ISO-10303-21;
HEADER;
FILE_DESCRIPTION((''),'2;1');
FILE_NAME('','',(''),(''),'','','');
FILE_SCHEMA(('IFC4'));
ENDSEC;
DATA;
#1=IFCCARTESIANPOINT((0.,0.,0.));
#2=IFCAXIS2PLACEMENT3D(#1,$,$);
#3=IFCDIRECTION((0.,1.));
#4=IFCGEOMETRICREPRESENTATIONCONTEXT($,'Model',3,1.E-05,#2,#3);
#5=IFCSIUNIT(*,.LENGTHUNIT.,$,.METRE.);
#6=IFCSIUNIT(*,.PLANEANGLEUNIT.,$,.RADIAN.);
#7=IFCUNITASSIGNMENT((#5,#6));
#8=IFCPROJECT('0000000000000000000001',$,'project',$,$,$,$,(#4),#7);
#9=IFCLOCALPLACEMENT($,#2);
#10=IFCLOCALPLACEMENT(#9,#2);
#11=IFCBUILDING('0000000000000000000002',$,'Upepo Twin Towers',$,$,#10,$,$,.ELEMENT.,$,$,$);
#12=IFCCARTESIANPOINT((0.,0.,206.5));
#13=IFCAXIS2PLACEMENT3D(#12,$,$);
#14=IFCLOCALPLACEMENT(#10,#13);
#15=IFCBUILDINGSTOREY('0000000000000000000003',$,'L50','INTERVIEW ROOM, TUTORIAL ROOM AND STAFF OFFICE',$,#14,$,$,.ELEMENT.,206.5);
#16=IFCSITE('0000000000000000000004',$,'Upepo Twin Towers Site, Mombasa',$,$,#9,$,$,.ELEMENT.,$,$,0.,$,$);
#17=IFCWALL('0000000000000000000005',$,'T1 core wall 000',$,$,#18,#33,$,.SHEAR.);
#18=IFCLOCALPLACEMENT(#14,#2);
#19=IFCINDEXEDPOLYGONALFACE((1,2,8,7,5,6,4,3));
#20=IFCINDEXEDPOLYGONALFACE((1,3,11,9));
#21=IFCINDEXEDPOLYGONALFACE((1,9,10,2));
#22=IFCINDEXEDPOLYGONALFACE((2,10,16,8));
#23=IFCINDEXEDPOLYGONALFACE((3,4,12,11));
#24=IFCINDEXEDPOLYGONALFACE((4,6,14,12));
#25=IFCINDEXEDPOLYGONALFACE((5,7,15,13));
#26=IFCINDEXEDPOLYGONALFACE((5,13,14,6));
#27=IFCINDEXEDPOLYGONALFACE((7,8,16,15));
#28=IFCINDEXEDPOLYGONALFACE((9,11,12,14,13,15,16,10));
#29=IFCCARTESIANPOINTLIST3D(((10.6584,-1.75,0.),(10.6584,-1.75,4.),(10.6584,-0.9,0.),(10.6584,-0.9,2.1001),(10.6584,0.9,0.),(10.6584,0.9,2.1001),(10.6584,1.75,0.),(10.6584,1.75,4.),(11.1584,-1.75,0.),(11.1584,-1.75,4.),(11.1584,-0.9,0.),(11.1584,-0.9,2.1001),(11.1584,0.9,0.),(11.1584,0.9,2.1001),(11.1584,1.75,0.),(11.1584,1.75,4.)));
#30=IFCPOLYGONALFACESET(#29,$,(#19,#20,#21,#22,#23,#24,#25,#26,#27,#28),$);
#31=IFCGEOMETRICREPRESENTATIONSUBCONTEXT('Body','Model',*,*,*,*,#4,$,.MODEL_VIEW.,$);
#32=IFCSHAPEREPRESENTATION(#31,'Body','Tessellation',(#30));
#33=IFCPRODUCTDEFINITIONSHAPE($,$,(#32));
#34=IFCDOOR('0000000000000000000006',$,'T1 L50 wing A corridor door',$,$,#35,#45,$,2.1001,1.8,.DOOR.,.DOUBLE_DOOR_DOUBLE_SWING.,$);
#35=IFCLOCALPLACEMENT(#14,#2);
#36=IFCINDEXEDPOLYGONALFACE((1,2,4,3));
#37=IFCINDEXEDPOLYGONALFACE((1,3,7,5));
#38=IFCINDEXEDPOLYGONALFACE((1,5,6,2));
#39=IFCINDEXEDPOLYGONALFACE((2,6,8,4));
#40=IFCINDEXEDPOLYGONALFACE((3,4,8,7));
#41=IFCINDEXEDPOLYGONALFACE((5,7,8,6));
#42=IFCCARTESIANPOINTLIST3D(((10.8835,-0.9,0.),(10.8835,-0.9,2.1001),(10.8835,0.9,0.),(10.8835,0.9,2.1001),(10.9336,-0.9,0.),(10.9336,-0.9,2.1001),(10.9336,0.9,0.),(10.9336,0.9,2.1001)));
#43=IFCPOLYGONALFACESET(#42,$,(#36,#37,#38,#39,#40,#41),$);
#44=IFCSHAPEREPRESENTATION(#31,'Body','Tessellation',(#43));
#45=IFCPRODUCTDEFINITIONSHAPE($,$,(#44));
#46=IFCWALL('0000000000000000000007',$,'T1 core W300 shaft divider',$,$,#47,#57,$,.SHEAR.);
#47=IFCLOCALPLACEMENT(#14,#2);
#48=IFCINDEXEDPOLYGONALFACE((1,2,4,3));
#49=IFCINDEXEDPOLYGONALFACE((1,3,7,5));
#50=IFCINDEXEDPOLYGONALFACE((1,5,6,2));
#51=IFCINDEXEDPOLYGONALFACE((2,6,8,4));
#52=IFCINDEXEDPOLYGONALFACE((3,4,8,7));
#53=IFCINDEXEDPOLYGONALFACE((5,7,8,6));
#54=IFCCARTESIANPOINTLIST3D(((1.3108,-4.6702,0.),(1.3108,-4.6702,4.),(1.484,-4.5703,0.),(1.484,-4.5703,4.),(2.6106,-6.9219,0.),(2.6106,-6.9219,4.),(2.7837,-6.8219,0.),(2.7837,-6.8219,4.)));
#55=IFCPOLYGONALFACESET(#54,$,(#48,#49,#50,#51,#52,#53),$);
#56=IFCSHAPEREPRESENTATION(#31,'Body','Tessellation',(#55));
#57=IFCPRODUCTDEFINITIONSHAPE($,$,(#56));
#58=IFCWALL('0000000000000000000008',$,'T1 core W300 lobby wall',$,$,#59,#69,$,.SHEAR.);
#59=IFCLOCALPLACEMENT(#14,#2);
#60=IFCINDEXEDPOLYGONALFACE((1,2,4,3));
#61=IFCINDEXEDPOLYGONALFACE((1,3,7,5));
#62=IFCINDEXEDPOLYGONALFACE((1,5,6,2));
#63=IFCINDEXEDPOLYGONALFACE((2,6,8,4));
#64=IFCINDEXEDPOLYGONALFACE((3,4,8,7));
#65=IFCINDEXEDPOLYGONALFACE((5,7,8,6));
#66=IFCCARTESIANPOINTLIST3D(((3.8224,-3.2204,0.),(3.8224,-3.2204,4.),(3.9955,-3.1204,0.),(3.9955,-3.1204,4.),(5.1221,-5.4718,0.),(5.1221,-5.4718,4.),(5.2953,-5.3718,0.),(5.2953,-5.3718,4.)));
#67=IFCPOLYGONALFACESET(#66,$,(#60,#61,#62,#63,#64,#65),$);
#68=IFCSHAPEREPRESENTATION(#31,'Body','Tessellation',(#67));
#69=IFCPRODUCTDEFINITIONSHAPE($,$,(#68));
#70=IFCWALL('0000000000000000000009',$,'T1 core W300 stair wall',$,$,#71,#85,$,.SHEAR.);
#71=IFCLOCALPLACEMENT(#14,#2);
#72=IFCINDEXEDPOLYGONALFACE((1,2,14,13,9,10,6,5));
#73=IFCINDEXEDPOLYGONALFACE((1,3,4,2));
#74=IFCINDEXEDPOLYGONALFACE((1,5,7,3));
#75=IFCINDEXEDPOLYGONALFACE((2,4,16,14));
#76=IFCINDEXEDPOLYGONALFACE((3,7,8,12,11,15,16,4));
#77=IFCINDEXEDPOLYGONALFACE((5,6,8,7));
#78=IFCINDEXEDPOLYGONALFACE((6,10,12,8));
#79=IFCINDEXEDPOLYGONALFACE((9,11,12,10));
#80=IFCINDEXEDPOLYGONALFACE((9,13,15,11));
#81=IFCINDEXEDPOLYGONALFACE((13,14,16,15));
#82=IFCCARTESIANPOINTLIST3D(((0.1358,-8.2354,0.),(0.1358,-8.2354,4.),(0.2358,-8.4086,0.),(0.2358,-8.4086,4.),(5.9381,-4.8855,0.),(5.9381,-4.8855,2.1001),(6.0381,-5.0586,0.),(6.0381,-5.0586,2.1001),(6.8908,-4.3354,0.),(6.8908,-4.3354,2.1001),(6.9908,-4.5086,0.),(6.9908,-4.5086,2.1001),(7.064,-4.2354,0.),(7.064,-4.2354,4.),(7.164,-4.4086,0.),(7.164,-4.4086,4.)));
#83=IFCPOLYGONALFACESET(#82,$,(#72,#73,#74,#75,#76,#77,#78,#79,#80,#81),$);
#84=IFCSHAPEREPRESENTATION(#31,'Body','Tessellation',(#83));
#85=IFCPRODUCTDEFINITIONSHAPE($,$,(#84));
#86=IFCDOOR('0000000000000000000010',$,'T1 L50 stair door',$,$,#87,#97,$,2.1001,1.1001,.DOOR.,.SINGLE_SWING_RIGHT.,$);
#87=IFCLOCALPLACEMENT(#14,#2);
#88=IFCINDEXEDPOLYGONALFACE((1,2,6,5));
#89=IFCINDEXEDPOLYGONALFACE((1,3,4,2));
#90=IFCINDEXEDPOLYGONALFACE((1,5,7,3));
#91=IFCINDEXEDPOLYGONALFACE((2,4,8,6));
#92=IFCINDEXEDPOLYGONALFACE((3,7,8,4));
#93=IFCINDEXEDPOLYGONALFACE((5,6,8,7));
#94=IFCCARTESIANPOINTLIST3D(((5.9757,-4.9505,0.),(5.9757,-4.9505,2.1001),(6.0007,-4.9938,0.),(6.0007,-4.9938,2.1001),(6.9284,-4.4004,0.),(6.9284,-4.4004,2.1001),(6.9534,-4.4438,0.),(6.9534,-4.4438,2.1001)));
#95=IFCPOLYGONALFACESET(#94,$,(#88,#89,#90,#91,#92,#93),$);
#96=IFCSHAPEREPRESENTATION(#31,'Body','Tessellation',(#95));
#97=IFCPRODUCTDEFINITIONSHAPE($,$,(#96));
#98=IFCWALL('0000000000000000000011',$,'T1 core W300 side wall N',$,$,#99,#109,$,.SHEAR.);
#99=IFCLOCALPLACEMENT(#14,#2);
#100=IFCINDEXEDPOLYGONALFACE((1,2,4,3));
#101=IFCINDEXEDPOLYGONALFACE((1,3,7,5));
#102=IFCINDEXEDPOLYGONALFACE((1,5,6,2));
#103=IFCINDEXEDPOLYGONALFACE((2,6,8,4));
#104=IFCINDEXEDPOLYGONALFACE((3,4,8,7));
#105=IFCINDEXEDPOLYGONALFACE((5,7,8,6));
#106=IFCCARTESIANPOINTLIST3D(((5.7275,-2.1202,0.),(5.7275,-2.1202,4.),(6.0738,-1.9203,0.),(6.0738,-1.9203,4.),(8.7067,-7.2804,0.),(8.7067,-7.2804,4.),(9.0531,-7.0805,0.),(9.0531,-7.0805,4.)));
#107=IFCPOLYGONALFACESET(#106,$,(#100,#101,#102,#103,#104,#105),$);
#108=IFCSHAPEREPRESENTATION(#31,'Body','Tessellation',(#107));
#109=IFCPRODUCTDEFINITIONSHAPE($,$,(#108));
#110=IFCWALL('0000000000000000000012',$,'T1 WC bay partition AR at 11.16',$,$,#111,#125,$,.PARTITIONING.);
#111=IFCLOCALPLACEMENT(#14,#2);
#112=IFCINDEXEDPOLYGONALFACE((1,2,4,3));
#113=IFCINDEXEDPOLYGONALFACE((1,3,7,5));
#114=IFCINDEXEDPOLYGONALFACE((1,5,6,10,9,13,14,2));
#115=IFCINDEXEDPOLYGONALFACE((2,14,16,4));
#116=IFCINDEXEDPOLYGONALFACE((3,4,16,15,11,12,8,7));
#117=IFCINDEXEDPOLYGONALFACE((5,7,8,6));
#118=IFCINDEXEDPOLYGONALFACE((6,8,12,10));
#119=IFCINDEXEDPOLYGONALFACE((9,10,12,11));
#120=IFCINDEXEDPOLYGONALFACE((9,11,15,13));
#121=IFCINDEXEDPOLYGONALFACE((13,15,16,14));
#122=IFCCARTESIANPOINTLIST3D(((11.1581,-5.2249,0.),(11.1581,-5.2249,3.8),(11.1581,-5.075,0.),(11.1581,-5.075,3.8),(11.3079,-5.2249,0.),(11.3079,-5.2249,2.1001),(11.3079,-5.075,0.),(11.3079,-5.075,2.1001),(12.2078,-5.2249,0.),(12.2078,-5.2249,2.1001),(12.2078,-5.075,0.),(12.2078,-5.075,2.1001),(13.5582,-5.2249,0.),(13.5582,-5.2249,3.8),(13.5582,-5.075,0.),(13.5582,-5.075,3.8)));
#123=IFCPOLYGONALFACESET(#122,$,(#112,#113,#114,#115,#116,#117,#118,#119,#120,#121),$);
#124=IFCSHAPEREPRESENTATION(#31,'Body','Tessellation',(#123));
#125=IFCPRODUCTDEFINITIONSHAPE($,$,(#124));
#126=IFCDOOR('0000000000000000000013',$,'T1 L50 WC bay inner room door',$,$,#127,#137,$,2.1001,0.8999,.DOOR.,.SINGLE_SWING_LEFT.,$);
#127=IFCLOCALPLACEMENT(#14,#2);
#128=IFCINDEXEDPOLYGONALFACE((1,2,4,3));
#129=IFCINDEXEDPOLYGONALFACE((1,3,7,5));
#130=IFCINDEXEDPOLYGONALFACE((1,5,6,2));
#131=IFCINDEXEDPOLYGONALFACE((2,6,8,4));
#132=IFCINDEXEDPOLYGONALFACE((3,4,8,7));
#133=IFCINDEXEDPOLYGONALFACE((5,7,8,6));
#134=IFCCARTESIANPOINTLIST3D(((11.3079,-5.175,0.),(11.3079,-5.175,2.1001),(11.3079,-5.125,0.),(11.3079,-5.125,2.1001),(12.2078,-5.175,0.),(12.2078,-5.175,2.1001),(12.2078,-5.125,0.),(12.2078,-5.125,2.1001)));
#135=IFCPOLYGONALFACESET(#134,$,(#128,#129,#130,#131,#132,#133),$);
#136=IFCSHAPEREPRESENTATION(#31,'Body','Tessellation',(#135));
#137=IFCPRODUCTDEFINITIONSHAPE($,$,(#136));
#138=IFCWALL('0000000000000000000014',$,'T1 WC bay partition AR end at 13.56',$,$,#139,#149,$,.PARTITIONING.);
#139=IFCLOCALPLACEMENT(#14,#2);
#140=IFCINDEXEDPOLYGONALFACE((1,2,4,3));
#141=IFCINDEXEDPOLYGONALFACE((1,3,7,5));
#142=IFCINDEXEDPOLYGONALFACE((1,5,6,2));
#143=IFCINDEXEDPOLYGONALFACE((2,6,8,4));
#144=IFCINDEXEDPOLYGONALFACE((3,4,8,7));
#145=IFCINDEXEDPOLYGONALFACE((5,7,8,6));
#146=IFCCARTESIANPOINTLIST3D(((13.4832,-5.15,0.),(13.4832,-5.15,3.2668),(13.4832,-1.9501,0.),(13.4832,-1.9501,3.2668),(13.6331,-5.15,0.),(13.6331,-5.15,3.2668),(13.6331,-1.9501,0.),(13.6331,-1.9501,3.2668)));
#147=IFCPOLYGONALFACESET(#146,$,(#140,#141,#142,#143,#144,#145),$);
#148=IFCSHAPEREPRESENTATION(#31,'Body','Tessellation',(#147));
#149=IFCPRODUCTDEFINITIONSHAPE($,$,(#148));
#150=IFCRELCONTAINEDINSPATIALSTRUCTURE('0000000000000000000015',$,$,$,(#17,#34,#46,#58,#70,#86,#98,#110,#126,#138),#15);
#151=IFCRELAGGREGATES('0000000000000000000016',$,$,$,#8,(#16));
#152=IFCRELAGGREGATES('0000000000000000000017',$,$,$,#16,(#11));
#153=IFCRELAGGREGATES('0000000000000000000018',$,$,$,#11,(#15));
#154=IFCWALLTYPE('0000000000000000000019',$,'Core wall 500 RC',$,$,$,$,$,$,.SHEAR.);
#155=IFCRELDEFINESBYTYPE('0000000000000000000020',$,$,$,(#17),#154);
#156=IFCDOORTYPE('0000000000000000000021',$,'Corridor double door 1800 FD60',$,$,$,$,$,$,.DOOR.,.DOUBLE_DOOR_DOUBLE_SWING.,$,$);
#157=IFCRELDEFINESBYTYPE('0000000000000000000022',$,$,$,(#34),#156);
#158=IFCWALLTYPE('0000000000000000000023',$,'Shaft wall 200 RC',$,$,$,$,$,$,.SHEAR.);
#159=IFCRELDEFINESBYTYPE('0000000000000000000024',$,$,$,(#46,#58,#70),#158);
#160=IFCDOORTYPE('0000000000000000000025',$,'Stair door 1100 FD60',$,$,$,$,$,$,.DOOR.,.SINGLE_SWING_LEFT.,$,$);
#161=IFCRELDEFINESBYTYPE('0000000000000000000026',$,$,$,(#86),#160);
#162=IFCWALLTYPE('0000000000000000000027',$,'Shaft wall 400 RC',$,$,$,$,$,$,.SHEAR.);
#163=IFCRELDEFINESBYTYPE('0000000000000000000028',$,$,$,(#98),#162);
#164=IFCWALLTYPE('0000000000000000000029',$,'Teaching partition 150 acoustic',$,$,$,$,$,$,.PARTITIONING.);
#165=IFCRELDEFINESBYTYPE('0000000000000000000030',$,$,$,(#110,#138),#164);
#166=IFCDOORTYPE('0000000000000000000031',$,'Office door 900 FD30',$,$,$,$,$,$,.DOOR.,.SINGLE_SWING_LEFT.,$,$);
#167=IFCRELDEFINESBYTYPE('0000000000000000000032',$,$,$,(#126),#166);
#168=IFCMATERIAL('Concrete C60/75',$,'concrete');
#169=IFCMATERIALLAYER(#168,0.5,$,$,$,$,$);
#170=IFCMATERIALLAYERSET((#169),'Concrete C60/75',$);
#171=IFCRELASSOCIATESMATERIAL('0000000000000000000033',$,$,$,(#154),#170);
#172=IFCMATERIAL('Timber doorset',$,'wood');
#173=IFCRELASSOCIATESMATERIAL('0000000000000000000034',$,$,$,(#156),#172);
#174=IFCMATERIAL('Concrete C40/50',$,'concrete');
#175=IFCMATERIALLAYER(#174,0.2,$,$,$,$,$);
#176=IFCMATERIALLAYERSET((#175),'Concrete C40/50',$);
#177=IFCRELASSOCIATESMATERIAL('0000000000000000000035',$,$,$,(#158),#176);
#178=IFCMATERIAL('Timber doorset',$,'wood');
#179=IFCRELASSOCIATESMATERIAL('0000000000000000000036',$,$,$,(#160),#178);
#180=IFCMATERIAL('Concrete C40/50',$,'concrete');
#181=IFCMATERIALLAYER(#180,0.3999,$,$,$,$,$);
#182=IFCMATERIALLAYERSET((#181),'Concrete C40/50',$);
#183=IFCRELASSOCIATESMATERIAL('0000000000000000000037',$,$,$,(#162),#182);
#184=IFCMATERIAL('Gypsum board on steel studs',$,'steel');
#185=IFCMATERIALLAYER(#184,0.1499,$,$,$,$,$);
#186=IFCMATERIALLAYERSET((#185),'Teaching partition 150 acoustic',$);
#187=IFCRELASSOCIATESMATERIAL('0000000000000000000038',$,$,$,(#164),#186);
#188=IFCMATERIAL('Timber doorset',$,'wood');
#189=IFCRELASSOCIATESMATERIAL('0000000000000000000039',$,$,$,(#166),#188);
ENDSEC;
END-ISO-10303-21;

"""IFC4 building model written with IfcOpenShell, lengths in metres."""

from ifc_helpers import new_model, si_unit, direction, frame, frame_2d, origin, place, context, subcontext, project, spatial, rectangle, extrude, material, layer, layer_set, type_object, element, fill, save


model = new_model("IFC4")

# Units and contexts
model_context = context("Model", 3, precision=1e-05, world=origin(), true_north=direction((0.0, 1.0)))
body_context = subcontext(model_context, "Body", "Model", "MODEL_VIEW")
ifc_project = project(units=[si_unit("LENGTHUNIT", "METRE"), si_unit("PLANEANGLEUNIT", "RADIAN")], contexts=[model_context])

# Site, building, storey
site_placement = place(None, origin())
site = spatial("IfcSite", under=ifc_project, at=site_placement, Name="Upepo Twin Towers Site, Mombasa", CompositionType="ELEMENT", RefElevation=0.0)
building_placement = place(site_placement, origin())
building = spatial("IfcBuilding", under=site, at=building_placement, Name="Upepo Twin Towers", CompositionType="ELEMENT")
storey_placement = place(building_placement, frame((0.0, 0.0, 206.5)))
storey = spatial("IfcBuildingStorey", under=building, at=storey_placement, Name="L50", Description="INTERVIEW ROOM, TUTORIAL ROOM AND STAFF OFFICE", CompositionType="ELEMENT", Elevation=206.5)

# Shared definitions
ifc_material_1 = material(Name="Concrete C60/75", Category="concrete")
ifc_layer_1 = layer(ifc_material_1, 0.5)
ifc_layer_set_1 = layer_set([ifc_layer_1], Name="Concrete C60/75")
wall_type_1 = type_object("IfcWallType", Name="Core wall 500 RC", PredefinedType="SHEAR", material=ifc_layer_set_1)

# Wall, opening, door
wall_1_placement = place(storey_placement, frame((10.9084, -1.75, 0.0), z_axis=(0.0, 0.0, 1.0), x_axis=(0.0, 1.0, 0.0)))
wall_1 = element("IfcWall", 1, at=wall_1_placement, inside=storey, type_object=wall_type_1, Name="T1 core wall 000", PredefinedType="SHEAR", context=body_context, shape_type="SweptSolid", body=[
    extrude(rectangle(XDim=3.5, YDim=0.5, at=frame_2d((1.75, 0.0))), origin(), (0.0, 0.0, 1.0), 4.0),
])
opening_1_placement = place(wall_1_placement, frame((0.8501, 0.0, 0.0)))
opening_1 = element("IfcOpeningElement", 2, at=opening_1_placement, cuts=wall_1, PredefinedType="OPENING", context=body_context, shape_type="SweptSolid", body=[
    extrude(rectangle(XDim=1.8, YDim=2.1001, at=frame_2d((0.8999, 1.05))), frame((0.0, 0.26, 0.0), z_axis=(0.0, -1.0, 0.0), x_axis=(1.0, 0.0, 0.0)), (0.0, 0.0, 1.0), 0.52),
])
ifc_material_2 = material(Name="Timber doorset", Category="wood")
door_type_1 = type_object("IfcDoorType", Name="Corridor double door 1800 FD60", OperationType="DOUBLE_DOOR_DOUBLE_SWING", PredefinedType="DOOR", material=ifc_material_2)
door_1_placement = place(opening_1_placement, origin())
door_1 = element("IfcDoor", 3, at=door_1_placement, inside=storey, type_object=door_type_1, Name="T1 L50 wing A corridor door", OperationType="DOUBLE_DOOR_DOUBLE_SWING", OverallHeight=2.1001, OverallWidth=1.8, PredefinedType="DOOR", context=body_context, shape_type="SweptSolid", body=[
    extrude(rectangle(XDim=1.8, YDim=2.1001, at=frame_2d((0.8999, 1.05))), frame((0.0, 0.0249, 0.0), z_axis=(0.0, -1.0, 0.0), x_axis=(1.0, 0.0, 0.0)), (0.0, 0.0, 1.0), 0.05),
])
fill(opening_1, door_1)

# Walls
ifc_material_3 = material(Name="Concrete C40/50", Category="concrete")
ifc_layer_2 = layer(ifc_material_3, 0.2)
ifc_layer_set_2 = layer_set([ifc_layer_2], Name="Concrete C40/50")
wall_type_2 = type_object("IfcWallType", Name="Shaft wall 200 RC", PredefinedType="SHEAR", material=ifc_layer_set_2)
wall_2_placement = place(storey_placement, frame((1.3975, -4.6204, 0.0), z_axis=(0.0, 0.0, 1.0), x_axis=(0.499937, -0.866062, 0.0)))
element("IfcWall", 4, at=wall_2_placement, inside=storey, type_object=wall_type_2, Name="T1 core W300 shaft divider", PredefinedType="SHEAR", context=body_context, shape_type="SweptSolid", body=[
    extrude(rectangle(XDim=2.5999, YDim=0.2, at=frame_2d((1.2998, 0.0))), origin(), (0.0, 0.0, 1.0), 4.0),
])
wall_3_placement = place(storey_placement, frame((3.9089, -3.1704, 0.0), z_axis=(0.0, 0.0, 1.0), x_axis=(0.499977, -0.866039, 0.0)))
element("IfcWall", 5, at=wall_3_placement, inside=storey, type_object=wall_type_2, Name="T1 core W300 lobby wall", PredefinedType="SHEAR", context=body_context, shape_type="SweptSolid", body=[
    extrude(rectangle(XDim=2.5996, YDim=0.2, at=frame_2d((1.2998, 0.0))), origin(), (0.0, 0.0, 1.0), 4.0),
])

# Wall, opening, door
wall_4_placement = place(storey_placement, frame((0.1858, -8.322, 0.0), z_axis=(0.0, 0.0, 1.0), x_axis=(0.866026, 0.499999, 0.0)))
wall_4 = element("IfcWall", 6, at=wall_4_placement, inside=storey, type_object=wall_type_2, Name="T1 core W300 stair wall", PredefinedType="SHEAR", context=body_context, shape_type="SweptSolid", body=[
    extrude(rectangle(XDim=8.0, YDim=0.2, at=frame_2d((4.0, 0.0))), origin(), (0.0, 0.0, 1.0), 4.0),
])
opening_2_placement = place(wall_4_placement, frame((6.7, 0.0, 0.0)))
opening_2 = element("IfcOpeningElement", 7, at=opening_2_placement, cuts=wall_4, PredefinedType="OPENING", context=body_context, shape_type="SweptSolid", body=[
    extrude(rectangle(XDim=1.1001, YDim=2.1001, at=frame_2d((0.55, 1.05))), frame((0.0, 0.1099, 0.0), z_axis=(0.0, -1.0, 0.0), x_axis=(1.0, 0.0, 0.0)), (0.0, 0.0, 1.0), 0.22),
])
ifc_material_4 = material(Name="Timber doorset", Category="wood")
door_type_2 = type_object("IfcDoorType", Name="Stair door 1100 FD60", OperationType="SINGLE_SWING_LEFT", PredefinedType="DOOR", material=ifc_material_4)
door_2_placement = place(opening_2_placement, origin())
door_2 = element("IfcDoor", 8, at=door_2_placement, inside=storey, type_object=door_type_2, Name="T1 L50 stair door", OperationType="SINGLE_SWING_RIGHT", OverallHeight=2.1001, OverallWidth=1.1001, PredefinedType="DOOR", context=body_context, shape_type="SweptSolid", body=[
    extrude(rectangle(XDim=1.1001, YDim=2.1001, at=frame_2d((0.55, 1.05))), frame((0.0, 0.0249, 0.0), z_axis=(0.0, -1.0, 0.0), x_axis=(1.0, 0.0, 0.0)), (0.0, 0.0, 1.0), 0.05),
])
fill(opening_2, door_2)

# Wall
ifc_material_5 = material(Name="Concrete C40/50", Category="concrete")
ifc_layer_3 = layer(ifc_material_5, 0.3999)
ifc_layer_set_3 = layer_set([ifc_layer_3], Name="Concrete C40/50")
wall_type_3 = type_object("IfcWallType", Name="Shaft wall 400 RC", PredefinedType="SHEAR", material=ifc_layer_set_3)
wall_5_placement = place(storey_placement, frame((5.9006, -2.0203, 0.0), z_axis=(0.0, 0.0, 1.0), x_axis=(0.500004, -0.866023, 0.0)))
element("IfcWall", 9, at=wall_5_placement, inside=storey, type_object=wall_type_3, Name="T1 core W300 side wall N", PredefinedType="SHEAR", context=body_context, shape_type="SweptSolid", body=[
    extrude(rectangle(XDim=5.9585, YDim=0.3999, at=frame_2d((2.9792, 0.0))), origin(), (0.0, 0.0, 1.0), 4.0),
])

# Wall, opening, door
ifc_material_6 = material(Name="Gypsum board on steel studs", Category="steel")
ifc_layer_4 = layer(ifc_material_6, 0.1499)
ifc_layer_set_4 = layer_set([ifc_layer_4], Name="Teaching partition 150 acoustic")
wall_type_4 = type_object("IfcWallType", Name="Teaching partition 150 acoustic", PredefinedType="PARTITIONING", material=ifc_layer_set_4)
wall_6_placement = place(storey_placement, frame((11.158, -5.1499, 0.0), z_axis=(0.0, 0.0, 1.0), x_axis=(1.0, 0.0, 0.0)))
wall_6 = element("IfcWall", 10, at=wall_6_placement, inside=storey, type_object=wall_type_4, Name="T1 WC bay partition AR at 11.16", PredefinedType="PARTITIONING", context=body_context, shape_type="SweptSolid", body=[
    extrude(rectangle(XDim=2.4001, YDim=0.1499, at=frame_2d((1.2002, 0.0))), origin(), (0.0, 0.0, 1.0), 3.8),
])
opening_3_placement = place(wall_6_placement, frame((0.1499, 0.0, 0.0)))
opening_3 = element("IfcOpeningElement", 11, at=opening_3_placement, cuts=wall_6, PredefinedType="OPENING", context=body_context, shape_type="SweptSolid", body=[
    extrude(rectangle(XDim=0.8999, YDim=2.1001, at=frame_2d((0.45, 1.05))), frame((0.0, 0.085, 0.0), z_axis=(0.0, -1.0, 0.0), x_axis=(1.0, 0.0, 0.0)), (0.0, 0.0, 1.0), 0.1699),
])
ifc_material_7 = material(Name="Timber doorset", Category="wood")
door_type_3 = type_object("IfcDoorType", Name="Office door 900 FD30", OperationType="SINGLE_SWING_LEFT", PredefinedType="DOOR", material=ifc_material_7)
door_3_placement = place(opening_3_placement, origin())
door_3 = element("IfcDoor", 12, at=door_3_placement, inside=storey, type_object=door_type_3, Name="T1 L50 WC bay inner room door", OperationType="SINGLE_SWING_LEFT", OverallHeight=2.1001, OverallWidth=0.8999, PredefinedType="DOOR", context=body_context, shape_type="SweptSolid", body=[
    extrude(rectangle(XDim=0.8999, YDim=2.1001, at=frame_2d((0.45, 1.05))), frame((0.0, 0.0249, 0.0), z_axis=(0.0, -1.0, 0.0), x_axis=(1.0, 0.0, 0.0)), (0.0, 0.0, 1.0), 0.05),
])
fill(opening_3, door_3)

# Wall
wall_7_placement = place(storey_placement, frame((13.5581, -1.95, 0.0), z_axis=(0.0, 0.0, 1.0), x_axis=(0.0, -1.0, 0.0)))
element("IfcWall", 13, at=wall_7_placement, inside=storey, type_object=wall_type_4, Name="T1 WC bay partition AR end at 13.56", PredefinedType="PARTITIONING", context=body_context, shape_type="SweptSolid", body=[
    extrude(rectangle(XDim=3.2, YDim=0.1499, at=frame_2d((1.6001, 0.0))), origin(), (0.0, 0.0, 1.0), 3.2668),
])

save(model, "model.ifc")
